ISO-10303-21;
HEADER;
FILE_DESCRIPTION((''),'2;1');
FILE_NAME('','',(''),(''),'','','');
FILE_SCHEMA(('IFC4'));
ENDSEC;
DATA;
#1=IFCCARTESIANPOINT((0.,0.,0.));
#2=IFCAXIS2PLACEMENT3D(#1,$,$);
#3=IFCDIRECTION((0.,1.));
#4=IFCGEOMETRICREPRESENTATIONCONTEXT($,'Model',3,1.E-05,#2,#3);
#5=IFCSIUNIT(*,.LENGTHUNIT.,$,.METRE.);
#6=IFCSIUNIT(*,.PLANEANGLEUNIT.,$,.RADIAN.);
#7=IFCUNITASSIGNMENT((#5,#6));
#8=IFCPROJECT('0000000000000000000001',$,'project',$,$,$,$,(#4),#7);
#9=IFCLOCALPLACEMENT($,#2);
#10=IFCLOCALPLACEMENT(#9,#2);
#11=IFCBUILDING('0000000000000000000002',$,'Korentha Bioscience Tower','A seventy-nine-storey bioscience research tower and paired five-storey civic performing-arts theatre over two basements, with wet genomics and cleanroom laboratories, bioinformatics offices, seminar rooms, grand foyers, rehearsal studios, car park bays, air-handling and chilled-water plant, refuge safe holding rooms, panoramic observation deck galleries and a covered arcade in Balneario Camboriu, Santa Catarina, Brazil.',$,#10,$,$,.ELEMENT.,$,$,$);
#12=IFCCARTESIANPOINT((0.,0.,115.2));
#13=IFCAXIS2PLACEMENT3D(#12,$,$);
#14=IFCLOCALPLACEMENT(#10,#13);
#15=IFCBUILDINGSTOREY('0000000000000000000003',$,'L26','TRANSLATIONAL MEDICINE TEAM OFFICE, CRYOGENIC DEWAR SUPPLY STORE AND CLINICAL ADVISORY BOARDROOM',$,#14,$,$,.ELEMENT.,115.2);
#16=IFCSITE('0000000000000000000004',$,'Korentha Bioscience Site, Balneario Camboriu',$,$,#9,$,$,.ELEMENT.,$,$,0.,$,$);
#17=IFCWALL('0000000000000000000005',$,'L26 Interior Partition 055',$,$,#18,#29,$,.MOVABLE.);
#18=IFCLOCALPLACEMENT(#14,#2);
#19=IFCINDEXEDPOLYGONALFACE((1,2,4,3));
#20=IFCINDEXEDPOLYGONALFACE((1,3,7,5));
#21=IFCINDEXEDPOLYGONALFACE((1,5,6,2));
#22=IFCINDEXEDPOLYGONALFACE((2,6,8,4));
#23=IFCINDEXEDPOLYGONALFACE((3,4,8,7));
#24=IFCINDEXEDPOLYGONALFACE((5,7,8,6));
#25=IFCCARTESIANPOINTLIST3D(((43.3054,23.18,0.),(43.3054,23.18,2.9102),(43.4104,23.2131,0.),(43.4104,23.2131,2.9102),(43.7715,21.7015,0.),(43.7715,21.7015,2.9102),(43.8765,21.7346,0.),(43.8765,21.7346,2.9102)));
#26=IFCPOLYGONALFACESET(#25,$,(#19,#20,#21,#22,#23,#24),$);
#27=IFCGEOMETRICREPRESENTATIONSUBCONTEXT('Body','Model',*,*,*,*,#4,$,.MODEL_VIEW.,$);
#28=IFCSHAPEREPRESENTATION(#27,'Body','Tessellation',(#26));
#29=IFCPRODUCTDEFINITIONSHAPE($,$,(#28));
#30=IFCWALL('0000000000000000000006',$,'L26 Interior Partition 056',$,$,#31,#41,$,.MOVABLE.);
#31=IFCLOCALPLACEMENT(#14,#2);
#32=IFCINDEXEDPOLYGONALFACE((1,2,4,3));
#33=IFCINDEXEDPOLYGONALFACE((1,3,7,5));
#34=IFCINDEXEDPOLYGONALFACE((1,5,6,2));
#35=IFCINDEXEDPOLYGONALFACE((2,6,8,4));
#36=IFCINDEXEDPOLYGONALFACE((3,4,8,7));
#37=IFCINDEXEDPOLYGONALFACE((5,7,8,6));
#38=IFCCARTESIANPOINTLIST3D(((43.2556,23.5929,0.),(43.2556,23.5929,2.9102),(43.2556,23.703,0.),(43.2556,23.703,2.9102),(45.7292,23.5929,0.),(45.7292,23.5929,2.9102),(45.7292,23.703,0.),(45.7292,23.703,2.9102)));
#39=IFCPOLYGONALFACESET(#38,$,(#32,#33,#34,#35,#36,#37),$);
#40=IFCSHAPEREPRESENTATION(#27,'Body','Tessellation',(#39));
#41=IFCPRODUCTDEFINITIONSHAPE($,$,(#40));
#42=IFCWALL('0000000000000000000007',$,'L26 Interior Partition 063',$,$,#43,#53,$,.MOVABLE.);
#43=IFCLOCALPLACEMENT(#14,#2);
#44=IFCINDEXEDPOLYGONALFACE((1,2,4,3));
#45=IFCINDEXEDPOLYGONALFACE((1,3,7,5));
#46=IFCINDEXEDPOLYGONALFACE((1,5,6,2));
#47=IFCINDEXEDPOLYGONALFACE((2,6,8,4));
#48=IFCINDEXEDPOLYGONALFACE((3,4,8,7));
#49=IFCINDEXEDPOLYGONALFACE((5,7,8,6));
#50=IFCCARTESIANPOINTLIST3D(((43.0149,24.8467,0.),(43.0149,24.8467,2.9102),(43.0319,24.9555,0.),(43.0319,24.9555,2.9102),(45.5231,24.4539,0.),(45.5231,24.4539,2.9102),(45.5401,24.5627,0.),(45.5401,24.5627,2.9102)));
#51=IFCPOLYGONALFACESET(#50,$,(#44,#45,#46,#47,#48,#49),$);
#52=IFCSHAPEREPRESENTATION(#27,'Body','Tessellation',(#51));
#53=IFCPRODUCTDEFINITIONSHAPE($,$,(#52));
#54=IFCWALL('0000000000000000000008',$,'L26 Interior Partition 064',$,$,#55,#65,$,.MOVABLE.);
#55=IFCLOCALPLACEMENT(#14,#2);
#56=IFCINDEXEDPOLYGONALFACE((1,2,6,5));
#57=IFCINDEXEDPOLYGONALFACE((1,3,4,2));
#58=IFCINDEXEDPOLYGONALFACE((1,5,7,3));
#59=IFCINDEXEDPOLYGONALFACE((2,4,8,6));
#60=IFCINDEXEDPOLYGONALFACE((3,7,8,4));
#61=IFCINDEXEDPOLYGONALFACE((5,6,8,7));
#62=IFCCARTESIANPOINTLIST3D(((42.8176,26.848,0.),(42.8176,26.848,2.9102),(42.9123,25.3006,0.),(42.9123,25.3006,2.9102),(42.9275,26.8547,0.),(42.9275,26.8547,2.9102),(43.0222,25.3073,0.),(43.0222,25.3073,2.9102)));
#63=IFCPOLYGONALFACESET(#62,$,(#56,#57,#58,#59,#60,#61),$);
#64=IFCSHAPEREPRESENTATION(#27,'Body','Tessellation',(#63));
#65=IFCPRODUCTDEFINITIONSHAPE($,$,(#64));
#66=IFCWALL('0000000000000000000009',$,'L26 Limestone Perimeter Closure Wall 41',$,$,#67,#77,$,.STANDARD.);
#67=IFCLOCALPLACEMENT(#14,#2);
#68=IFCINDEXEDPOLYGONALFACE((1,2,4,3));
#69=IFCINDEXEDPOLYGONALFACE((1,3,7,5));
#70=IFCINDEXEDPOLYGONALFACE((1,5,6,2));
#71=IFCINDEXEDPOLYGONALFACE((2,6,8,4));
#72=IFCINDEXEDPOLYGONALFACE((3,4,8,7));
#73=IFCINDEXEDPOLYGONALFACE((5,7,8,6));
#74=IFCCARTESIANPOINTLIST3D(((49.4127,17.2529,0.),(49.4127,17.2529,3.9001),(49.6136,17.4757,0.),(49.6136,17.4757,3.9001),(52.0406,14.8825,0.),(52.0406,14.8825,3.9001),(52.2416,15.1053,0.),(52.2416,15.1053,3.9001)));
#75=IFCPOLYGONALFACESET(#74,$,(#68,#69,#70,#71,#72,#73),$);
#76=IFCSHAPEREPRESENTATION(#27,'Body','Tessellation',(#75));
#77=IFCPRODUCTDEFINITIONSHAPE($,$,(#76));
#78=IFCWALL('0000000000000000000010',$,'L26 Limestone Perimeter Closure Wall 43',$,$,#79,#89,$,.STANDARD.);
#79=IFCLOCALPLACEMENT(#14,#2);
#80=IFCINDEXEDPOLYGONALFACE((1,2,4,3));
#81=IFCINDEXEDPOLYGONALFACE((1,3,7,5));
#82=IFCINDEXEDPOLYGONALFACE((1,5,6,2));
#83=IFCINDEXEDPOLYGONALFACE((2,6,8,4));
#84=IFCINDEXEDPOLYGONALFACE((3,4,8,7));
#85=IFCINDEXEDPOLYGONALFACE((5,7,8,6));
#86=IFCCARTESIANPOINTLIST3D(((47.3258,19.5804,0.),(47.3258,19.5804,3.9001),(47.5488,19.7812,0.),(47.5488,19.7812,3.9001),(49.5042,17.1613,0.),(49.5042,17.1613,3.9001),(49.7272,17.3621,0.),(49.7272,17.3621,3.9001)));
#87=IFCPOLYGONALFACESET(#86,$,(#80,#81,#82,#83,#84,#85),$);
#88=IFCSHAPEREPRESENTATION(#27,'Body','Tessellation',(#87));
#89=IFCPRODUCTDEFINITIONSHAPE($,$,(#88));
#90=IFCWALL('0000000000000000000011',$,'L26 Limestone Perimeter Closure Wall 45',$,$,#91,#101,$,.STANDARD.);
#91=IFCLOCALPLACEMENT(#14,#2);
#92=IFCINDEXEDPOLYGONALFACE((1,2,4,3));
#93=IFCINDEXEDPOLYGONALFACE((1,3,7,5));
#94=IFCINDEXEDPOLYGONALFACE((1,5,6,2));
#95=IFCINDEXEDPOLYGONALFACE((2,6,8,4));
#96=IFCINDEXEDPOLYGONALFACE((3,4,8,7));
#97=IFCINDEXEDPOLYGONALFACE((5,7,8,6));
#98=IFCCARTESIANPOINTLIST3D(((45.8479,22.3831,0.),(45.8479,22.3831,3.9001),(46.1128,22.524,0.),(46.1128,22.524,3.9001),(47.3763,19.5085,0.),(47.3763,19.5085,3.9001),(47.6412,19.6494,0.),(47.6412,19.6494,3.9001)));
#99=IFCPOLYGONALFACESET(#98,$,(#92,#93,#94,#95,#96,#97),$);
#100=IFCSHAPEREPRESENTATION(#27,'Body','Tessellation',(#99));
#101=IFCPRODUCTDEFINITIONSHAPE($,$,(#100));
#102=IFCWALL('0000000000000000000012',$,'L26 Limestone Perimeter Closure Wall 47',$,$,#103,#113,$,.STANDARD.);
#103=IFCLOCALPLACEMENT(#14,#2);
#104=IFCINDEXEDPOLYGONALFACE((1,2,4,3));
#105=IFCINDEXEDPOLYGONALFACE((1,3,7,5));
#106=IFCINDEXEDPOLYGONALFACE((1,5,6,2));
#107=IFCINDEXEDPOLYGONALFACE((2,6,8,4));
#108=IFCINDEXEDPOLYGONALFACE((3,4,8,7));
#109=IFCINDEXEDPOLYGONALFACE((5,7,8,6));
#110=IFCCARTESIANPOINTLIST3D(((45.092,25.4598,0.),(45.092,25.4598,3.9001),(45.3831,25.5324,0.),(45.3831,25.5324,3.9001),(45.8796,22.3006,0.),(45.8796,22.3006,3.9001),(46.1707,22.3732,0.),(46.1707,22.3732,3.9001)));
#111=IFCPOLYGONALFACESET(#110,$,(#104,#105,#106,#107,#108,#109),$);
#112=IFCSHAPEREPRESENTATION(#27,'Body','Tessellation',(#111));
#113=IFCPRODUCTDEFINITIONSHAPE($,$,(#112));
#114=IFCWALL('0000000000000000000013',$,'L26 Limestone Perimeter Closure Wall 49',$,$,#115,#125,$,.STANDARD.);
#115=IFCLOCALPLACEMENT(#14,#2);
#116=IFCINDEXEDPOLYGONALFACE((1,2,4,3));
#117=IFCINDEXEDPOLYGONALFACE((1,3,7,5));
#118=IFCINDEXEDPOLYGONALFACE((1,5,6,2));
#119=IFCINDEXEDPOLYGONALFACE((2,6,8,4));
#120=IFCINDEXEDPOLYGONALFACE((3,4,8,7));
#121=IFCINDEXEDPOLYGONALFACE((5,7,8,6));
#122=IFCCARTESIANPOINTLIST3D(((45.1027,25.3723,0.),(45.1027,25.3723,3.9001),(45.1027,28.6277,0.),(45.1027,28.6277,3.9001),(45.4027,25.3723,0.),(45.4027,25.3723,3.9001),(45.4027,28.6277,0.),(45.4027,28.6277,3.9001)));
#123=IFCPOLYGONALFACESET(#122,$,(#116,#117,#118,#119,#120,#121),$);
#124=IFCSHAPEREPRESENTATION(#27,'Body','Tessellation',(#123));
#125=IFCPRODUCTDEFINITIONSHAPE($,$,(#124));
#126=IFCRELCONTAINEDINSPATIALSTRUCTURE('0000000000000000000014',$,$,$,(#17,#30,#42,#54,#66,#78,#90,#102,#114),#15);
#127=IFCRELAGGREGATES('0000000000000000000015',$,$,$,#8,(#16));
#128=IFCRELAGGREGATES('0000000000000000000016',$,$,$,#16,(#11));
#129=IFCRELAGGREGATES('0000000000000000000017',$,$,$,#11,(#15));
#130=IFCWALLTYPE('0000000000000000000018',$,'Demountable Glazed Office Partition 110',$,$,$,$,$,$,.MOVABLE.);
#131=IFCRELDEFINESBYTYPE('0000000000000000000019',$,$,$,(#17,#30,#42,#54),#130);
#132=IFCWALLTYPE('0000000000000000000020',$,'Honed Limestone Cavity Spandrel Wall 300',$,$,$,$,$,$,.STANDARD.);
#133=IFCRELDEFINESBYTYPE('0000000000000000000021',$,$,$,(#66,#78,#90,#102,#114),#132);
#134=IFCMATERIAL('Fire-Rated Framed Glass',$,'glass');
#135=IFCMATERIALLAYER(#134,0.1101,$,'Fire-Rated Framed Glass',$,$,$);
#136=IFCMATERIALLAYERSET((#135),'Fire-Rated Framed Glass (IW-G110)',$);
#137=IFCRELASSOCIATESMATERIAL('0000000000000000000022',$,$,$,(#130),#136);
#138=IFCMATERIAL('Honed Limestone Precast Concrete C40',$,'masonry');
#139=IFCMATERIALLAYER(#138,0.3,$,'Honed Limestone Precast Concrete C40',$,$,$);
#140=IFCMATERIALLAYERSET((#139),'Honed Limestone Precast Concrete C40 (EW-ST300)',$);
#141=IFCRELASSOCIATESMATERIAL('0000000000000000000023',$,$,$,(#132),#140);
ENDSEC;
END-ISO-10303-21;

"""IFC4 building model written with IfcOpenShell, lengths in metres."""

from ifc_helpers import new_model, si_unit, direction, frame, frame_2d, origin, place, context, subcontext, project, spatial, rectangle, extrude, material, layer, layer_set, type_object, element, save


model = new_model("IFC4")

# Units and contexts
model_context = context("Model", 3, precision=1e-05, world=origin(), true_north=direction((0.0, 1.0)))
body_context = subcontext(model_context, "Body", "Model", "MODEL_VIEW")
ifc_project = project(units=[si_unit("LENGTHUNIT", "METRE"), si_unit("PLANEANGLEUNIT", "RADIAN")], contexts=[model_context])

# Site, building, storey
site_placement = place(None, origin())
site = spatial("IfcSite", under=ifc_project, at=site_placement, Name="Korentha Bioscience Site, Balneario Camboriu", CompositionType="ELEMENT", RefElevation=0.0)
building_placement = place(site_placement, origin())
building = spatial("IfcBuilding", under=site, at=building_placement, Name="Korentha Bioscience Tower", Description="A seventy-nine-storey bioscience research tower and paired five-storey civic performing-arts theatre over two basements, with wet genomics and cleanroom laboratories, bioinformatics offices, seminar rooms, grand foyers, rehearsal studios, car park bays, air-handling and chilled-water plant, refuge safe holding rooms, panoramic observation deck galleries and a covered arcade in Balneario Camboriu, Santa Catarina, Brazil.", CompositionType="ELEMENT")
storey_placement = place(building_placement, frame((0.0, 0.0, 115.2)))
storey = spatial("IfcBuildingStorey", under=building, at=storey_placement, Name="L26", Description="TRANSLATIONAL MEDICINE TEAM OFFICE, CRYOGENIC DEWAR SUPPLY STORE AND CLINICAL ADVISORY BOARDROOM", CompositionType="ELEMENT", Elevation=115.2)

# Shared definitions
ifc_material_1 = material(Name="Fire-Rated Framed Glass", Category="glass")
ifc_layer_1 = layer(ifc_material_1, 0.1101, Name="Fire-Rated Framed Glass")
ifc_layer_set_1 = layer_set([ifc_layer_1], Name="Fire-Rated Framed Glass (IW-G110)")
wall_type_1 = type_object("IfcWallType", Name="Demountable Glazed Office Partition 110", PredefinedType="MOVABLE", material=ifc_layer_set_1)

# Walls
wall_1_placement = place(storey_placement, frame((43.824, 21.718, 0.0), z_axis=(0.0, 0.0, 1.0), x_axis=(-0.300641, 0.953737, 0.0)))
element("IfcWall", 1, at=wall_1_placement, inside=storey, type_object=wall_type_1, Name="L26 Interior Partition 055", PredefinedType="MOVABLE", context=body_context, shape_type="SweptSolid", body=[
    extrude(rectangle(XDim=1.5503, YDim=0.1101, at=frame_2d((0.7751, 0.0))), origin(), (0.0, 0.0, 1.0), 2.9102),
])
wall_2_placement = place(storey_placement, frame((43.2556, 23.6479, 0.0), z_axis=(0.0, 0.0, 1.0), x_axis=(1.0, 0.0, 0.0)))
element("IfcWall", 2, at=wall_2_placement, inside=storey, type_object=wall_type_1, Name="L26 Interior Partition 056", PredefinedType="MOVABLE", context=body_context, shape_type="SweptSolid", body=[
    extrude(rectangle(XDim=2.4736, YDim=0.1101, at=frame_2d((1.2368, 0.0))), origin(), (0.0, 0.0, 1.0), 2.9102),
])
wall_3_placement = place(storey_placement, frame((45.5317, 24.5083, 0.0), z_axis=(0.0, 0.0, 1.0), x_axis=(-0.987958, 0.154723, 0.0)))
element("IfcWall", 3, at=wall_3_placement, inside=storey, type_object=wall_type_1, Name="L26 Interior Partition 063", PredefinedType="MOVABLE", context=body_context, shape_type="SweptSolid", body=[
    extrude(rectangle(XDim=2.5388, YDim=0.1101, at=frame_2d((1.2695, 0.0))), origin(), (0.0, 0.0, 1.0), 2.9102),
])
wall_4_placement = place(storey_placement, frame((42.9673, 25.304, 0.0), z_axis=(0.0, 0.0, 1.0), x_axis=(-0.061104, 0.998131, 0.0)))
element("IfcWall", 4, at=wall_4_placement, inside=storey, type_object=wall_type_1, Name="L26 Interior Partition 064", PredefinedType="MOVABLE", context=body_context, shape_type="SweptSolid", body=[
    extrude(rectangle(XDim=1.5503, YDim=0.1101, at=frame_2d((0.7751, 0.0))), origin(), (0.0, 0.0, 1.0), 2.9102),
])
ifc_material_2 = material(Name="Honed Limestone Precast Concrete C40", Category="masonry")
ifc_layer_2 = layer(ifc_material_2, 0.3, Name="Honed Limestone Precast Concrete C40")
ifc_layer_set_2 = layer_set([ifc_layer_2], Name="Honed Limestone Precast Concrete C40 (EW-ST300)")
wall_type_2 = type_object("IfcWallType", Name="Honed Limestone Cavity Spandrel Wall 300", PredefinedType="STANDARD", material=ifc_layer_set_2)
wall_5_placement = place(storey_placement, frame((52.1411, 14.9939, 0.0), z_axis=(0.0, 0.0, 1.0), x_axis=(-0.74256, 0.66978, 0.0)))
element("IfcWall", 5, at=wall_5_placement, inside=storey, type_object=wall_type_2, Name="L26 Limestone Perimeter Closure Wall 41", PredefinedType="STANDARD", context=body_context, shape_type="SweptSolid", body=[
    extrude(rectangle(XDim=3.5391, YDim=0.3, at=frame_2d((1.7695, 0.0))), origin(), (0.0, 0.0, 1.0), 3.9001),
])
wall_6_placement = place(storey_placement, frame((49.6157, 17.2617, 0.0), z_axis=(0.0, 0.0, 1.0), x_axis=(-0.669168, 0.743111, 0.0)))
element("IfcWall", 6, at=wall_6_placement, inside=storey, type_object=wall_type_2, Name="L26 Limestone Perimeter Closure Wall 43", PredefinedType="STANDARD", context=body_context, shape_type="SweptSolid", body=[
    extrude(rectangle(XDim=3.2554, YDim=0.3, at=frame_2d((1.6277, 0.0))), origin(), (0.0, 0.0, 1.0), 3.9001),
])
wall_7_placement = place(storey_placement, frame((47.5088, 19.5789, 0.0), z_axis=(0.0, 0.0, 1.0), x_axis=(-0.469451, 0.882958, 0.0)))
element("IfcWall", 7, at=wall_7_placement, inside=storey, type_object=wall_type_2, Name="L26 Limestone Perimeter Closure Wall 45", PredefinedType="STANDARD", context=body_context, shape_type="SweptSolid", body=[
    extrude(rectangle(XDim=3.2556, YDim=0.3, at=frame_2d((1.6279, 0.0))), origin(), (0.0, 0.0, 1.0), 3.9001),
])
wall_8_placement = place(storey_placement, frame((46.0251, 22.3369, 0.0), z_axis=(0.0, 0.0, 1.0), x_axis=(-0.2419, 0.970301, 0.0)))
element("IfcWall", 8, at=wall_8_placement, inside=storey, type_object=wall_type_2, Name="L26 Limestone Perimeter Closure Wall 47", PredefinedType="STANDARD", context=body_context, shape_type="SweptSolid", body=[
    extrude(rectangle(XDim=3.2559, YDim=0.3, at=frame_2d((1.6279, 0.0))), origin(), (0.0, 0.0, 1.0), 3.9001),
])
wall_9_placement = place(storey_placement, frame((45.2527, 25.3723, 0.0), z_axis=(0.0, 0.0, 1.0), x_axis=(0.0, 1.0, 0.0)))
element("IfcWall", 9, at=wall_9_placement, inside=storey, type_object=wall_type_2, Name="L26 Limestone Perimeter Closure Wall 49", PredefinedType="STANDARD", context=body_context, shape_type="SweptSolid", body=[
    extrude(rectangle(XDim=3.2554, YDim=0.3, at=frame_2d((1.6277, 0.0))), origin(), (0.0, 0.0, 1.0), 3.9001),
])

save(model, "model.ifc")
